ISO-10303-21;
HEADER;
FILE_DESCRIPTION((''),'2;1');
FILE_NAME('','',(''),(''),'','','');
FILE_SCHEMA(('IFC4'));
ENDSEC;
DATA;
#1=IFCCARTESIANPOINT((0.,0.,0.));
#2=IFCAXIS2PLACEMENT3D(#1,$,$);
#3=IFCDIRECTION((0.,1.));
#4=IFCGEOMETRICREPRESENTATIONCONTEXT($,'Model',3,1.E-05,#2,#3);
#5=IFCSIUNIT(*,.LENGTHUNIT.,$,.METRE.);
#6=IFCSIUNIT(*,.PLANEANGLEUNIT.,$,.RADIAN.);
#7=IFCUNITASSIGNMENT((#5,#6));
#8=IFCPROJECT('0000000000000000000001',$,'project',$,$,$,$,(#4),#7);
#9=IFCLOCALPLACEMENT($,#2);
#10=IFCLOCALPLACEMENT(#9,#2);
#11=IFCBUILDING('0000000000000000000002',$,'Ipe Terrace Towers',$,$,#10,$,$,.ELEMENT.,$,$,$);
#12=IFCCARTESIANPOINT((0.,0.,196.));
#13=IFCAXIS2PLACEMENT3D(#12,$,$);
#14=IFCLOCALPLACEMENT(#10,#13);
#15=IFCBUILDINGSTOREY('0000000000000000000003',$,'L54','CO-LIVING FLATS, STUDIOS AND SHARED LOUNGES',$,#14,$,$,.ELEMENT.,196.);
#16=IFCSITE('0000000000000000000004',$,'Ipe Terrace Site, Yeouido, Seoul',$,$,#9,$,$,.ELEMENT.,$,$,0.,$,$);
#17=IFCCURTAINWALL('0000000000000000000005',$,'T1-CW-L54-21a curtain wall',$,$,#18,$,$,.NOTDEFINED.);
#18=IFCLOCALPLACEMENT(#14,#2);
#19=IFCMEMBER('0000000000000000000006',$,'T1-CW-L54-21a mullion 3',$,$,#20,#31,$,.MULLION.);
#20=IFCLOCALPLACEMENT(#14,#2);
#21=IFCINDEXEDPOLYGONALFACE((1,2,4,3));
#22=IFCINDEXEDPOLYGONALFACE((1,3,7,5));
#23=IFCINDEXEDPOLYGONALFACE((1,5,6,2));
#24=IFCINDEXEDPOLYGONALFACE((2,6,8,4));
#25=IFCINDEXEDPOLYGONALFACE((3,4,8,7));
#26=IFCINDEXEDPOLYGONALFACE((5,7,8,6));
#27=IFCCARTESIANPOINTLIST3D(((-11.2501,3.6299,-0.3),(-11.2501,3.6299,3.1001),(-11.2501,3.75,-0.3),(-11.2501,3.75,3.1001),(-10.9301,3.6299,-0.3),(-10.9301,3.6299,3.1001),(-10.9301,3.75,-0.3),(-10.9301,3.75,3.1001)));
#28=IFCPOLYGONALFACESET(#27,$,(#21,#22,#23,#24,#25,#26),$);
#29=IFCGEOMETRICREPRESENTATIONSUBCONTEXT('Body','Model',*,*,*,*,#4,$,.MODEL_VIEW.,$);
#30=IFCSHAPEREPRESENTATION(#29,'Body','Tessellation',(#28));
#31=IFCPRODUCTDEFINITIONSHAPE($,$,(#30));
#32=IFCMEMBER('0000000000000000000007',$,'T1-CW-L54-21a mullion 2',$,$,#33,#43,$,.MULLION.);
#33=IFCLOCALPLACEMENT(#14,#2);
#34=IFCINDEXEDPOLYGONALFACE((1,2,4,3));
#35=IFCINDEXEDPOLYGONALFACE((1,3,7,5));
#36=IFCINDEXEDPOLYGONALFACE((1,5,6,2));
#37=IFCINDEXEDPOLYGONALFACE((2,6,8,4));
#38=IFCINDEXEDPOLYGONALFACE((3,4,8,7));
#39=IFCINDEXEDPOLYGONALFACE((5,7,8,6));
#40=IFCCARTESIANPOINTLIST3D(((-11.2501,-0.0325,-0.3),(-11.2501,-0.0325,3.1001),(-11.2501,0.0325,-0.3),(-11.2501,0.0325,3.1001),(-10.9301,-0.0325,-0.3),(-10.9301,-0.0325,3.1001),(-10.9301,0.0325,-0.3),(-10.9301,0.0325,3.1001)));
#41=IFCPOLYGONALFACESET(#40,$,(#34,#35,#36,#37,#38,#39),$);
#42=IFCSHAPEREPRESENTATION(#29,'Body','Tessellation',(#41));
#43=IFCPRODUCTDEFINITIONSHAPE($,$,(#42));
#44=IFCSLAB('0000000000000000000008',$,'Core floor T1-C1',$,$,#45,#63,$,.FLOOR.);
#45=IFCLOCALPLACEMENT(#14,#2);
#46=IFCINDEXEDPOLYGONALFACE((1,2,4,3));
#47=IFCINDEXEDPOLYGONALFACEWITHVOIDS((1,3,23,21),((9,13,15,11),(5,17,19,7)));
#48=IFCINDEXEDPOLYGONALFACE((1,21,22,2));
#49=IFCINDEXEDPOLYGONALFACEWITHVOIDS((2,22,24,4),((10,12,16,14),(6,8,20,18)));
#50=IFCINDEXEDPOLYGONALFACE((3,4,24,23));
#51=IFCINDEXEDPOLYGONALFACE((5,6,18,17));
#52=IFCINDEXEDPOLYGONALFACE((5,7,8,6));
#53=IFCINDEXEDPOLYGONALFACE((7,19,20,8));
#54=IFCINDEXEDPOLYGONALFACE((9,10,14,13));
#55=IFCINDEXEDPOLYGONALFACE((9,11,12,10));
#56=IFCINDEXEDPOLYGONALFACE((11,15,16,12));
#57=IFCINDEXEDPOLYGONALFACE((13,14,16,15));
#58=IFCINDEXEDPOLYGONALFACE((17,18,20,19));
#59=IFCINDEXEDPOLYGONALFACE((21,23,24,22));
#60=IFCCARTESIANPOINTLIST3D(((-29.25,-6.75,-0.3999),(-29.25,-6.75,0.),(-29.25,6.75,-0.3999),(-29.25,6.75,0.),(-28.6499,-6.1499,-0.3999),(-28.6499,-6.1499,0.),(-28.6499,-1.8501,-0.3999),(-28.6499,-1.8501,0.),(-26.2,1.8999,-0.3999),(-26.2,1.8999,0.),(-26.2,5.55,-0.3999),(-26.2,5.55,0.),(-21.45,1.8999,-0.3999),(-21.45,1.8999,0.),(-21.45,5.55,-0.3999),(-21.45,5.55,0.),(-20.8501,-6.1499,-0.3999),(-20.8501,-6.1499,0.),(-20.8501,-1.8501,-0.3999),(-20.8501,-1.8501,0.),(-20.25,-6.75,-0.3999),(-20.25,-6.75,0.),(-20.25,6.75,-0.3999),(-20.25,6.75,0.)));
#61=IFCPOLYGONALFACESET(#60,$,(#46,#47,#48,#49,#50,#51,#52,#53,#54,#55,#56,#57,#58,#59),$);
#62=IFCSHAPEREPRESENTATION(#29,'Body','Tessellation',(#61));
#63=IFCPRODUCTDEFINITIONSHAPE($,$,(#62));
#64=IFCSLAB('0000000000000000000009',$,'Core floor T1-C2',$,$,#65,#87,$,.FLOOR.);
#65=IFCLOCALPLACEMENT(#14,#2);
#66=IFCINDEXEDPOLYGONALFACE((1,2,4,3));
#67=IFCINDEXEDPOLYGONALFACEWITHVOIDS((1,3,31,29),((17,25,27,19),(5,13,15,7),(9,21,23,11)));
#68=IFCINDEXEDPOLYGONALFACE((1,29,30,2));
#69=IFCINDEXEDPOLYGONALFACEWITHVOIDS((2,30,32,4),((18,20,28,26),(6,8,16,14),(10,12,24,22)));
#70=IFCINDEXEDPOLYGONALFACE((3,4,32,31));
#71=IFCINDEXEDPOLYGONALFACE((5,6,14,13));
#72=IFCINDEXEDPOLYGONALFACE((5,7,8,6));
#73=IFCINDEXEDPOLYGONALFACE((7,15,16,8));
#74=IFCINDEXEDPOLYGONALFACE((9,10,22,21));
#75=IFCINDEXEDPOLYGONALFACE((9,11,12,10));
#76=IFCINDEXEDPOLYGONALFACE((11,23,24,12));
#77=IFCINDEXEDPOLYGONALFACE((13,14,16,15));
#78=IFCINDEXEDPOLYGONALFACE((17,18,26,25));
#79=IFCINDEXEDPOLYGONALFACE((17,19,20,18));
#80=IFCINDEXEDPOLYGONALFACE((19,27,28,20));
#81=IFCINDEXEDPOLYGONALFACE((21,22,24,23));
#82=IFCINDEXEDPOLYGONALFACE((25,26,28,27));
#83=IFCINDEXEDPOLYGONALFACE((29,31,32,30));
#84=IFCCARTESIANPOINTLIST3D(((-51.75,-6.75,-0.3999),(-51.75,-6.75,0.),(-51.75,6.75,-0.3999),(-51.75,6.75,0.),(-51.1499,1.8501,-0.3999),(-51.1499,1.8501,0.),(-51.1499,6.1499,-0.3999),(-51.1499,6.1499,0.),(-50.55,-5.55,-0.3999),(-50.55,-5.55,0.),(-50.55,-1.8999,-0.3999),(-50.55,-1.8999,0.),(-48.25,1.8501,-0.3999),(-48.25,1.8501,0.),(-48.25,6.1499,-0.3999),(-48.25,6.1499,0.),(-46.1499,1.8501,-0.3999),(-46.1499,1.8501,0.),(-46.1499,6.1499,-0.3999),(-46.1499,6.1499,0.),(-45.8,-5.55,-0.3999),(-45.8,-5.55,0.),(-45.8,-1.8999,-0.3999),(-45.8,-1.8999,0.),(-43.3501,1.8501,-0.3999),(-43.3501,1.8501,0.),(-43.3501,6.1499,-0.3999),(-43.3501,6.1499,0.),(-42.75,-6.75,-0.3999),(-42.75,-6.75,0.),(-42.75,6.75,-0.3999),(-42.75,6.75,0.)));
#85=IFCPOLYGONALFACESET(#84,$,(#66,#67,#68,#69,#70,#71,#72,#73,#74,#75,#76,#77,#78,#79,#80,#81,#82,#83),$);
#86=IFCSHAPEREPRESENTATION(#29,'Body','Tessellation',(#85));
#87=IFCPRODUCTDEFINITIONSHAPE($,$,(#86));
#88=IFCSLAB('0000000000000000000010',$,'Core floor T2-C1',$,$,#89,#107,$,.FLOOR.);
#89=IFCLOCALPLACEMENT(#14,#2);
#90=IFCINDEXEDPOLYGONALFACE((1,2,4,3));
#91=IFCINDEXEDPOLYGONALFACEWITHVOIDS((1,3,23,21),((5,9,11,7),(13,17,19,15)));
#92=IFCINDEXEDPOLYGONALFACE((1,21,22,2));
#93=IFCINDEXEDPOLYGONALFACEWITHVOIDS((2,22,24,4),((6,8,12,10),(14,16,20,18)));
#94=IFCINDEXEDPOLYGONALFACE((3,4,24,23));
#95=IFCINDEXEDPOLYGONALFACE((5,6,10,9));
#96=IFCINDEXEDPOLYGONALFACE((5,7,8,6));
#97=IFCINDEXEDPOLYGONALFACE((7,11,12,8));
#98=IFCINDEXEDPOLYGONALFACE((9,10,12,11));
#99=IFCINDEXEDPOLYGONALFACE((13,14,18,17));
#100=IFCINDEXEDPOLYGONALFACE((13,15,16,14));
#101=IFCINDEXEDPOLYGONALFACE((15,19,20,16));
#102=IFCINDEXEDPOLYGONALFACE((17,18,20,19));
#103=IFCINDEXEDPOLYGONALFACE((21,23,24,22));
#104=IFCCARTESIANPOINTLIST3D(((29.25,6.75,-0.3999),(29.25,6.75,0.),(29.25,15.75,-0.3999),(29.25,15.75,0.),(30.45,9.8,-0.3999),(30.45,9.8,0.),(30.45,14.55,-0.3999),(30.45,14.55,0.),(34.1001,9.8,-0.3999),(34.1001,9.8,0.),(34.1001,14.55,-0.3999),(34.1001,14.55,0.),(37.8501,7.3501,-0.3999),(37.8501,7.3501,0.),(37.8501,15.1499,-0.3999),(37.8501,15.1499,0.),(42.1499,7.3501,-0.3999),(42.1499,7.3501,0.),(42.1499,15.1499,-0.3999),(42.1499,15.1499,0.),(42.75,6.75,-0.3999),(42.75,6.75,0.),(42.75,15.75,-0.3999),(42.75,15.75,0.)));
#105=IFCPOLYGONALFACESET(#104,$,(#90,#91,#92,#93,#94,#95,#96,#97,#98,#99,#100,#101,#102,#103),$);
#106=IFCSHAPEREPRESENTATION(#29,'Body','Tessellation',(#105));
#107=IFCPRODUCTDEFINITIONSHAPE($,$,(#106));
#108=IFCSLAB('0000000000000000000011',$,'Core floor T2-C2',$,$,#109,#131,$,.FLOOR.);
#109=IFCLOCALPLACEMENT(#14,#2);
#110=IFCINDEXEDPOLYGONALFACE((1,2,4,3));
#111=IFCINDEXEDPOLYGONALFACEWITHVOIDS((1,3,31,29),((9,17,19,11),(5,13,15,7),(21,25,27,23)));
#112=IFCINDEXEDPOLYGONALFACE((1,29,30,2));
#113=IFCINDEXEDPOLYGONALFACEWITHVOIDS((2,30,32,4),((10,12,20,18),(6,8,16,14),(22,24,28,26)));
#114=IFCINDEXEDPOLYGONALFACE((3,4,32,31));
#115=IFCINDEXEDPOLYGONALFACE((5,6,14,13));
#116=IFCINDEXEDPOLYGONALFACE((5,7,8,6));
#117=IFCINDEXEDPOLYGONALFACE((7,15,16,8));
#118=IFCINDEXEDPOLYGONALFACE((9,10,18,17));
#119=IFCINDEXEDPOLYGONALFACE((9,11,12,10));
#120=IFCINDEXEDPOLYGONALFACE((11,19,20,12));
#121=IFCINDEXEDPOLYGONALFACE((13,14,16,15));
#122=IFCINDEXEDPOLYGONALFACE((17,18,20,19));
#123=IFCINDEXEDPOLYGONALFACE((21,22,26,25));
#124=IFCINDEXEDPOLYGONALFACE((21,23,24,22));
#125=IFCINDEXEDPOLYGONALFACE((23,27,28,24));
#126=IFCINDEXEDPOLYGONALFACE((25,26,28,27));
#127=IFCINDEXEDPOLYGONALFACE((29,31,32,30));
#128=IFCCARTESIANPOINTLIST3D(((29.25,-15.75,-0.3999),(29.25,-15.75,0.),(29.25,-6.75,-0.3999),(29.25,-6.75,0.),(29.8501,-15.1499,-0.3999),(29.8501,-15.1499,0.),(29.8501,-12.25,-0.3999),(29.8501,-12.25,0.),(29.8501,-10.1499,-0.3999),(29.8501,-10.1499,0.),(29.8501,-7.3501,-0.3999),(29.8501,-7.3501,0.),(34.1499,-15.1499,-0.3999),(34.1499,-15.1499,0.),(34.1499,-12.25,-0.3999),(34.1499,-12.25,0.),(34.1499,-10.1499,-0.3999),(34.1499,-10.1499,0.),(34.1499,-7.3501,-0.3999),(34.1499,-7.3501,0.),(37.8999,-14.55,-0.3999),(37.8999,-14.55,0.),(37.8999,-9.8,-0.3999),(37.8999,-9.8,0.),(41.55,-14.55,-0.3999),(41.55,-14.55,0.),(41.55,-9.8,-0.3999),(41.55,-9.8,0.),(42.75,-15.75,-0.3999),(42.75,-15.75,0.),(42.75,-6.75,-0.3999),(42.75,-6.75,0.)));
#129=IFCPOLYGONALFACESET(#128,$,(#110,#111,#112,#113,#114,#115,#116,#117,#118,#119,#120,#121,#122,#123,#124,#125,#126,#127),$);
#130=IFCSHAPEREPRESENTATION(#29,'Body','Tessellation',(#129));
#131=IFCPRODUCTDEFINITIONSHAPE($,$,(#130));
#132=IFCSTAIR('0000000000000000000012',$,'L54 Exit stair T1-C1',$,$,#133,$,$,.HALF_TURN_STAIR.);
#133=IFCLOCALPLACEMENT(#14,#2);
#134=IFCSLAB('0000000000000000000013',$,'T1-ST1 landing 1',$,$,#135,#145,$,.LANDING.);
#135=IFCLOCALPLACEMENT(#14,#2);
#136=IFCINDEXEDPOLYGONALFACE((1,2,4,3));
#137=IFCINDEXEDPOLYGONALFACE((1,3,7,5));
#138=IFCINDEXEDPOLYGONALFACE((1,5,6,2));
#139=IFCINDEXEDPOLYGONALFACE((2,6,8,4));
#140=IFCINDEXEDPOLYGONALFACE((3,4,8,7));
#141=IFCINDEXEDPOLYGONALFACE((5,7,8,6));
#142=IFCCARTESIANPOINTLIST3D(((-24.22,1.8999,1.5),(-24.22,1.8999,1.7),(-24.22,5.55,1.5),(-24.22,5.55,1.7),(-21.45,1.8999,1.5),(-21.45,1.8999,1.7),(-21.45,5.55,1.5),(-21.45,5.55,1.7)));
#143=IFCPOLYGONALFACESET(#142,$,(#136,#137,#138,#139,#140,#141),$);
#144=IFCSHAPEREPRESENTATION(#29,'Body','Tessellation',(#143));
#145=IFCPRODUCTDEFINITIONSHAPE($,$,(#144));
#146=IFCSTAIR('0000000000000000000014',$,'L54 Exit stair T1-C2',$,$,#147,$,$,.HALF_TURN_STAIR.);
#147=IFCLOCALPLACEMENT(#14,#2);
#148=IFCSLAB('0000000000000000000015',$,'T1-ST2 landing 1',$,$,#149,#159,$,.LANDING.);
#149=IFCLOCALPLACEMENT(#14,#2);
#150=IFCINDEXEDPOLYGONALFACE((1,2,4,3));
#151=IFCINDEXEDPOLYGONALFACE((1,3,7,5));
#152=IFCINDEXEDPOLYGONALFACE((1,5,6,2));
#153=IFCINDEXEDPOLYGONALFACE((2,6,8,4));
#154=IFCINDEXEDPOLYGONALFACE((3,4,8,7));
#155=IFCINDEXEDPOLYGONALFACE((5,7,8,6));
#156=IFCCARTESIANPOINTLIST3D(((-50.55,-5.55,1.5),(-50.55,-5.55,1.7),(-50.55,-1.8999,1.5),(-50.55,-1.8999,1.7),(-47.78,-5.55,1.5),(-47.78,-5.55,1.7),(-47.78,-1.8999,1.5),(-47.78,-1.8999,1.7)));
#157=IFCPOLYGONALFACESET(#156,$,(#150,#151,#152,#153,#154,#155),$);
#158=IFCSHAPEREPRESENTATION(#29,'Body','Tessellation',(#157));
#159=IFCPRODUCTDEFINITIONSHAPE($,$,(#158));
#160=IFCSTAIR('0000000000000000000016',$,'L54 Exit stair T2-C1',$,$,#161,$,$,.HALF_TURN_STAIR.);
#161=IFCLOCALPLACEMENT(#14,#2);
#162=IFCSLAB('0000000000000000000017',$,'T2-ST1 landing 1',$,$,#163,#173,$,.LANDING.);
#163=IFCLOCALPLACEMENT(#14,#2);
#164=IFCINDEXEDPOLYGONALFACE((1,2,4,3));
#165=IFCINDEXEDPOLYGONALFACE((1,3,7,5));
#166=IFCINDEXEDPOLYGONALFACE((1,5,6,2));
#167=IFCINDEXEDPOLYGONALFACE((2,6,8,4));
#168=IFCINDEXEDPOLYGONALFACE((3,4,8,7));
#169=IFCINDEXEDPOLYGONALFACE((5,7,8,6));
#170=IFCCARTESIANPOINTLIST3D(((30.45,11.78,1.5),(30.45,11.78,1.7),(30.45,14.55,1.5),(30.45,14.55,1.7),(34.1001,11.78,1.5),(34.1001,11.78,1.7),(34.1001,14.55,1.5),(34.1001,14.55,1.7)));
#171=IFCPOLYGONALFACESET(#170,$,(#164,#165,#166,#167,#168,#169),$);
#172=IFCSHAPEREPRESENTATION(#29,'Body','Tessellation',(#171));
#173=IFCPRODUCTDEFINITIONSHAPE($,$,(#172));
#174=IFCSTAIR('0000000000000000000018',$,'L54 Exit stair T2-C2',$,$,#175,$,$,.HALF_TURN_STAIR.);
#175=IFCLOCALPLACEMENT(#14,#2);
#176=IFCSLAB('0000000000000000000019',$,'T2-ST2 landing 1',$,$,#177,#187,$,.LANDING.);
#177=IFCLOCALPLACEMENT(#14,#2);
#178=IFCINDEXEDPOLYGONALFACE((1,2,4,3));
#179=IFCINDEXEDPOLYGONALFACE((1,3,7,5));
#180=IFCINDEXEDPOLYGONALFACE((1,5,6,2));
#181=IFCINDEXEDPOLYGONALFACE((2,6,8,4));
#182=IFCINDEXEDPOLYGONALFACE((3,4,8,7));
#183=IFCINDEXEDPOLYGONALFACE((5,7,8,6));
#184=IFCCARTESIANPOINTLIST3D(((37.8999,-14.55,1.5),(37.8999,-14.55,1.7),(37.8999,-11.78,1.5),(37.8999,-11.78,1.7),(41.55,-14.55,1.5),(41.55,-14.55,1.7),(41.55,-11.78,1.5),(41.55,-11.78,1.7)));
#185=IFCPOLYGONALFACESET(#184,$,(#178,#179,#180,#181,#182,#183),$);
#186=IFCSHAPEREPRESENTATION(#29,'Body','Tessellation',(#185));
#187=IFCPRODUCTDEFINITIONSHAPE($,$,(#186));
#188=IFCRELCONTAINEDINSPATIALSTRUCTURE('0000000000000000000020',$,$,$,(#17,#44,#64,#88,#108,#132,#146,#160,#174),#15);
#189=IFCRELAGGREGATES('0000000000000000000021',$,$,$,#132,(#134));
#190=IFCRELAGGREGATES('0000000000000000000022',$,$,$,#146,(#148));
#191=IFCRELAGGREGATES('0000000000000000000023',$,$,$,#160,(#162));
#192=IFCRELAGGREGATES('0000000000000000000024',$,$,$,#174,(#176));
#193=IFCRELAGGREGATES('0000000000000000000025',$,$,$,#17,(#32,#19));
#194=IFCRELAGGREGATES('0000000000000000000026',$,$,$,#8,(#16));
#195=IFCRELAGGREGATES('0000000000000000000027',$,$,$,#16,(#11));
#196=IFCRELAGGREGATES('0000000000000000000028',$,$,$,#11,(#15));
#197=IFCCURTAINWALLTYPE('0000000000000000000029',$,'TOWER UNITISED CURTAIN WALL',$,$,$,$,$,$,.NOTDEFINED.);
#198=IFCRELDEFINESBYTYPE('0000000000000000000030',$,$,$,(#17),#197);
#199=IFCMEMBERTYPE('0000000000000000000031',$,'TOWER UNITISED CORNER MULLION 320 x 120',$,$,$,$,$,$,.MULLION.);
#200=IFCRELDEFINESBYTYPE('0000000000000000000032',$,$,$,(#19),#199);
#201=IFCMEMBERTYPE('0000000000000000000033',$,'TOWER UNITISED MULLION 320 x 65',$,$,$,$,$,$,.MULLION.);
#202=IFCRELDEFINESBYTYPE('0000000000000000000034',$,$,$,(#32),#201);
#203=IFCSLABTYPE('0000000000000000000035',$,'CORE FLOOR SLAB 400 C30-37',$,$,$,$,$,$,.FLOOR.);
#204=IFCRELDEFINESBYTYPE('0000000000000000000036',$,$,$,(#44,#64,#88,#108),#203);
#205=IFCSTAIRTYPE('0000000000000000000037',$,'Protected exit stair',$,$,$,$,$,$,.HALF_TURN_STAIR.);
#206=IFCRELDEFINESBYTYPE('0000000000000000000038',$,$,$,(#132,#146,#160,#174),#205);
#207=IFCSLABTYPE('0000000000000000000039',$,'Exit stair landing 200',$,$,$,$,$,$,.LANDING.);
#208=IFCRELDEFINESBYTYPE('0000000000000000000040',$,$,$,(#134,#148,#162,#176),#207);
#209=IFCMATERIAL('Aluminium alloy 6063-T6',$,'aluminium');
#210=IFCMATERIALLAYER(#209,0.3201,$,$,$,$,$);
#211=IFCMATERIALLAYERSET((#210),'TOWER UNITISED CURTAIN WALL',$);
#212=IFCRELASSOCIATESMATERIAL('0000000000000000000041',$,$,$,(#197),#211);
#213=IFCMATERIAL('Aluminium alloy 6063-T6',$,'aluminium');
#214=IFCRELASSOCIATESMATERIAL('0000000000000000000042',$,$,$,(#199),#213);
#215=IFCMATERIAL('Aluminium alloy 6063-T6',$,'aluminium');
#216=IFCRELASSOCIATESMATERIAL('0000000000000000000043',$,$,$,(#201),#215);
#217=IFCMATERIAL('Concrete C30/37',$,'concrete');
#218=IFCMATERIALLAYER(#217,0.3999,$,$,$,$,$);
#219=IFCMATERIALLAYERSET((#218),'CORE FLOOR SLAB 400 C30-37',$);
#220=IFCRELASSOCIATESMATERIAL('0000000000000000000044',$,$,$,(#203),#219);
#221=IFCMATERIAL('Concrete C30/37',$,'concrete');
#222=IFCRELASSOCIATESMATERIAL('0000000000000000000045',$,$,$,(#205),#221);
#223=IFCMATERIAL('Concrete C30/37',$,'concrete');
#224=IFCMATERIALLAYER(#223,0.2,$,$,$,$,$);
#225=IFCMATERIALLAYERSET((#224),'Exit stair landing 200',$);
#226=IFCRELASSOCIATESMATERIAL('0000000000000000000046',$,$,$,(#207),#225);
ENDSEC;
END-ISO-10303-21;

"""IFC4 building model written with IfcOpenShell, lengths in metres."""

from ifc_helpers import new_model, si_unit, direction, frame, origin, origin_2d, place, context, subcontext, project, spatial, polyline, rectangle, outline, extrude, material, layer, layer_set, material_profile, profile_set, type_object, element, aggregate, save


model = new_model("IFC4")

# Units and contexts
model_context = context("Model", 3, precision=1e-05, world=origin(), true_north=direction((0.0, 1.0)))
body_context = subcontext(model_context, "Body", "Model", "MODEL_VIEW")
ifc_project = project(units=[si_unit("LENGTHUNIT", "METRE"), si_unit("PLANEANGLEUNIT", "RADIAN")], contexts=[model_context])

# Site, building, storey
site_placement = place(None, origin())
site = spatial("IfcSite", under=ifc_project, at=site_placement, Name="Ipe Terrace Site, Yeouido, Seoul", CompositionType="ELEMENT", RefElevation=0.0)
building_placement = place(site_placement, origin())
building = spatial("IfcBuilding", under=site, at=building_placement, Name="Ipe Terrace Towers", CompositionType="ELEMENT")
storey_placement = place(building_placement, frame((0.0, 0.0, 196.0)))
storey = spatial("IfcBuildingStorey", under=building, at=storey_placement, Name="L54", Description="CO-LIVING FLATS, STUDIOS AND SHARED LOUNGES", CompositionType="ELEMENT", Elevation=196.0)

# Curtain wall, members
ifc_material_1 = material(Name="Aluminium alloy 6063-T6", Category="aluminium")
ifc_layer_1 = layer(ifc_material_1, 0.3201)
ifc_layer_set_1 = layer_set([ifc_layer_1], Name="TOWER UNITISED CURTAIN WALL")
curtain_wall_type = type_object("IfcCurtainWallType", Name="TOWER UNITISED CURTAIN WALL", PredefinedType="NOTDEFINED", material=ifc_layer_set_1)
curtain_wall_placement = place(storey_placement, origin())
curtain_wall = element("IfcCurtainWall", 1, at=curtain_wall_placement, inside=storey, type_object=curtain_wall_type, Name="T1-CW-L54-21a curtain wall", PredefinedType="NOTDEFINED")
ifc_material_2 = material(Name="Aluminium alloy 6063-T6", Category="aluminium")
ifc_material_profile_1 = material_profile(ifc_material_2, rectangle(XDim=0.3201, YDim=0.1201, at=origin_2d()), Name="TOWER UNITISED CORNER MULLION 320 x 120")
ifc_profile_set_1 = profile_set([ifc_material_profile_1], Name="Aluminium alloy 6063-T6")
member_type_1 = type_object("IfcMemberType", Name="TOWER UNITISED CORNER MULLION 320 x 120", PredefinedType="MULLION", material=ifc_profile_set_1)
member_1_placement = place(storey_placement, frame((-11.0901, 3.6899, -0.3), z_axis=(0.0, 0.0, 1.0), x_axis=(1.0, 0.0, 0.0)))
member_1 = element("IfcMember", 2, at=member_1_placement, type_object=member_type_1, Name="T1-CW-L54-21a mullion 3", PredefinedType="MULLION", context=body_context, shape_type="SweptSolid", body=[
    extrude(rectangle(XDim=0.3201, YDim=0.1201, at=origin_2d()), origin(), (0.0, 0.0, 1.0), 3.4001),
])
ifc_material_3 = material(Name="Aluminium alloy 6063-T6", Category="aluminium")
ifc_material_profile_2 = material_profile(ifc_material_3, rectangle(XDim=0.3201, YDim=0.0649, at=origin_2d()), Name="TOWER UNITISED MULLION 320 x 65")
ifc_profile_set_2 = profile_set([ifc_material_profile_2], Name="Aluminium alloy 6063-T6")
member_type_2 = type_object("IfcMemberType", Name="TOWER UNITISED MULLION 320 x 65", PredefinedType="MULLION", material=ifc_profile_set_2)
member_2_placement = place(storey_placement, frame((-11.0901, 0.0, -0.3), z_axis=(0.0, 0.0, 1.0), x_axis=(1.0, 0.0, 0.0)))
member_2 = element("IfcMember", 3, at=member_2_placement, type_object=member_type_2, Name="T1-CW-L54-21a mullion 2", PredefinedType="MULLION", context=body_context, shape_type="SweptSolid", body=[
    extrude(rectangle(XDim=0.3201, YDim=0.0649, at=origin_2d()), origin(), (0.0, 0.0, 1.0), 3.4001),
])

# Slabs
ifc_material_4 = material(Name="Concrete C30/37", Category="concrete")
ifc_layer_2 = layer(ifc_material_4, 0.3999)
ifc_layer_set_2 = layer_set([ifc_layer_2], Name="CORE FLOOR SLAB 400 C30-37")
slab_type_1 = type_object("IfcSlabType", Name="CORE FLOOR SLAB 400 C30-37", PredefinedType="FLOOR", material=ifc_layer_set_2)
slab_1_placement = place(storey_placement, frame((0.0, 0.0, -0.3999)))
element("IfcSlab", 4, at=slab_1_placement, inside=storey, type_object=slab_type_1, Name="Core floor T1-C1", PredefinedType="FLOOR", context=body_context, shape_type="SweptSolid", body=[
    extrude(outline(polyline([(-29.25, -6.75), (-29.25, 6.75), (-20.25, 6.75), (-20.25, -6.75), (-29.25, -6.75)]), holes=[polyline([(-28.6499, -6.1499), (-20.8501, -6.1499), (-20.8501, -1.8501), (-28.6499, -1.8501), (-28.6499, -6.1499)]), polyline([(-26.2, 5.55), (-26.2, 1.8999), (-21.45, 1.8999), (-21.45, 5.55), (-26.2, 5.55)])]), origin(), (0.0, 0.0, 1.0), 0.3999),
])
slab_2_placement = place(storey_placement, frame((0.0, 0.0, -0.3999)))
element("IfcSlab", 5, at=slab_2_placement, inside=storey, type_object=slab_type_1, Name="Core floor T1-C2", PredefinedType="FLOOR", context=body_context, shape_type="SweptSolid", body=[
    extrude(outline(polyline([(-51.75, -6.75), (-51.75, 6.75), (-42.75, 6.75), (-42.75, -6.75), (-51.75, -6.75)]), holes=[polyline([(-45.8, -1.8999), (-50.55, -1.8999), (-50.55, -5.55), (-45.8, -5.55), (-45.8, -1.8999)]), polyline([(-48.25, 1.8501), (-48.25, 6.1499), (-51.1499, 6.1499), (-51.1499, 1.8501), (-48.25, 1.8501)]), polyline([(-43.3501, 1.8501), (-43.3501, 6.1499), (-46.1499, 6.1499), (-46.1499, 1.8501), (-43.3501, 1.8501)])]), origin(), (0.0, 0.0, 1.0), 0.3999),
])
slab_3_placement = place(storey_placement, frame((0.0, 0.0, -0.3999)))
element("IfcSlab", 6, at=slab_3_placement, inside=storey, type_object=slab_type_1, Name="Core floor T2-C1", PredefinedType="FLOOR", context=body_context, shape_type="SweptSolid", body=[
    extrude(outline(polyline([(29.25, 6.75), (29.25, 15.75), (42.75, 15.75), (42.75, 6.75), (29.25, 6.75)]), holes=[polyline([(42.1499, 7.3501), (42.1499, 15.1499), (37.8501, 15.1499), (37.8501, 7.3501), (42.1499, 7.3501)]), polyline([(30.45, 9.8), (34.1001, 9.8), (34.1001, 14.55), (30.45, 14.55), (30.45, 9.8)])]), origin(), (0.0, 0.0, 1.0), 0.3999),
])
slab_4_placement = place(storey_placement, frame((0.0, 0.0, -0.3999)))
element("IfcSlab", 7, at=slab_4_placement, inside=storey, type_object=slab_type_1, Name="Core floor T2-C2", PredefinedType="FLOOR", context=body_context, shape_type="SweptSolid", body=[
    extrude(outline(polyline([(29.25, -15.75), (29.25, -6.75), (42.75, -6.75), (42.75, -15.75), (29.25, -15.75)]), holes=[polyline([(29.8501, -12.25), (29.8501, -15.1499), (34.1499, -15.1499), (34.1499, -12.25), (29.8501, -12.25)]), polyline([(41.55, -9.8), (37.8999, -9.8), (37.8999, -14.55), (41.55, -14.55), (41.55, -9.8)]), polyline([(34.1499, -7.3501), (29.8501, -7.3501), (29.8501, -10.1499), (34.1499, -10.1499), (34.1499, -7.3501)])]), origin(), (0.0, 0.0, 1.0), 0.3999),
])

# Stairs, slabs
ifc_material_5 = material(Name="Concrete C30/37", Category="concrete")
stair_type = type_object("IfcStairType", Name="Protected exit stair", PredefinedType="HALF_TURN_STAIR", material=ifc_material_5)
stair_1_placement = place(storey_placement, origin())
stair_1 = element("IfcStair", 8, at=stair_1_placement, inside=storey, type_object=stair_type, Name="L54 Exit stair T1-C1", PredefinedType="HALF_TURN_STAIR")
ifc_material_6 = material(Name="Concrete C30/37", Category="concrete")
ifc_layer_3 = layer(ifc_material_6, 0.2)
ifc_layer_set_3 = layer_set([ifc_layer_3], Name="Exit stair landing 200")
slab_type_2 = type_object("IfcSlabType", Name="Exit stair landing 200", PredefinedType="LANDING", material=ifc_layer_set_3)
slab_5_placement = place(storey_placement, frame((0.0, 0.0, 1.5)))
slab_5 = element("IfcSlab", 9, at=slab_5_placement, type_object=slab_type_2, Name="T1-ST1 landing 1", PredefinedType="LANDING", context=body_context, shape_type="SweptSolid", body=[
    extrude(outline(polyline([(-24.22, 1.8999), (-21.45, 1.8999), (-21.45, 5.55), (-24.22, 5.55), (-24.22, 1.8999)])), origin(), (0.0, 0.0, 1.0), 0.2),
])
aggregate(stair_1, [slab_5])
stair_2_placement = place(storey_placement, origin())
stair_2 = element("IfcStair", 10, at=stair_2_placement, inside=storey, type_object=stair_type, Name="L54 Exit stair T1-C2", PredefinedType="HALF_TURN_STAIR")
slab_6_placement = place(storey_placement, frame((0.0, 0.0, 1.5)))
slab_6 = element("IfcSlab", 11, at=slab_6_placement, type_object=slab_type_2, Name="T1-ST2 landing 1", PredefinedType="LANDING", context=body_context, shape_type="SweptSolid", body=[
    extrude(outline(polyline([(-47.78, -1.8999), (-50.55, -1.8999), (-50.55, -5.55), (-47.78, -5.55), (-47.78, -1.8999)])), origin(), (0.0, 0.0, 1.0), 0.2),
])
aggregate(stair_2, [slab_6])
stair_3_placement = place(storey_placement, origin())
stair_3 = element("IfcStair", 12, at=stair_3_placement, inside=storey, type_object=stair_type, Name="L54 Exit stair T2-C1", PredefinedType="HALF_TURN_STAIR")
slab_7_placement = place(storey_placement, frame((0.0, 0.0, 1.5)))
slab_7 = element("IfcSlab", 13, at=slab_7_placement, type_object=slab_type_2, Name="T2-ST1 landing 1", PredefinedType="LANDING", context=body_context, shape_type="SweptSolid", body=[
    extrude(outline(polyline([(34.1001, 11.78), (34.1001, 14.55), (30.45, 14.55), (30.45, 11.78), (34.1001, 11.78)])), origin(), (0.0, 0.0, 1.0), 0.2),
])
aggregate(stair_3, [slab_7])
stair_4_placement = place(storey_placement, origin())
stair_4 = element("IfcStair", 14, at=stair_4_placement, inside=storey, type_object=stair_type, Name="L54 Exit stair T2-C2", PredefinedType="HALF_TURN_STAIR")
slab_8_placement = place(storey_placement, frame((0.0, 0.0, 1.5)))
slab_8 = element("IfcSlab", 15, at=slab_8_placement, type_object=slab_type_2, Name="T2-ST2 landing 1", PredefinedType="LANDING", context=body_context, shape_type="SweptSolid", body=[
    extrude(outline(polyline([(37.8999, -11.78), (37.8999, -14.55), (41.55, -14.55), (41.55, -11.78), (37.8999, -11.78)])), origin(), (0.0, 0.0, 1.0), 0.2),
])
aggregate(stair_4, [slab_8])

aggregate(curtain_wall, [member_2, member_1])

save(model, "model.ifc")
